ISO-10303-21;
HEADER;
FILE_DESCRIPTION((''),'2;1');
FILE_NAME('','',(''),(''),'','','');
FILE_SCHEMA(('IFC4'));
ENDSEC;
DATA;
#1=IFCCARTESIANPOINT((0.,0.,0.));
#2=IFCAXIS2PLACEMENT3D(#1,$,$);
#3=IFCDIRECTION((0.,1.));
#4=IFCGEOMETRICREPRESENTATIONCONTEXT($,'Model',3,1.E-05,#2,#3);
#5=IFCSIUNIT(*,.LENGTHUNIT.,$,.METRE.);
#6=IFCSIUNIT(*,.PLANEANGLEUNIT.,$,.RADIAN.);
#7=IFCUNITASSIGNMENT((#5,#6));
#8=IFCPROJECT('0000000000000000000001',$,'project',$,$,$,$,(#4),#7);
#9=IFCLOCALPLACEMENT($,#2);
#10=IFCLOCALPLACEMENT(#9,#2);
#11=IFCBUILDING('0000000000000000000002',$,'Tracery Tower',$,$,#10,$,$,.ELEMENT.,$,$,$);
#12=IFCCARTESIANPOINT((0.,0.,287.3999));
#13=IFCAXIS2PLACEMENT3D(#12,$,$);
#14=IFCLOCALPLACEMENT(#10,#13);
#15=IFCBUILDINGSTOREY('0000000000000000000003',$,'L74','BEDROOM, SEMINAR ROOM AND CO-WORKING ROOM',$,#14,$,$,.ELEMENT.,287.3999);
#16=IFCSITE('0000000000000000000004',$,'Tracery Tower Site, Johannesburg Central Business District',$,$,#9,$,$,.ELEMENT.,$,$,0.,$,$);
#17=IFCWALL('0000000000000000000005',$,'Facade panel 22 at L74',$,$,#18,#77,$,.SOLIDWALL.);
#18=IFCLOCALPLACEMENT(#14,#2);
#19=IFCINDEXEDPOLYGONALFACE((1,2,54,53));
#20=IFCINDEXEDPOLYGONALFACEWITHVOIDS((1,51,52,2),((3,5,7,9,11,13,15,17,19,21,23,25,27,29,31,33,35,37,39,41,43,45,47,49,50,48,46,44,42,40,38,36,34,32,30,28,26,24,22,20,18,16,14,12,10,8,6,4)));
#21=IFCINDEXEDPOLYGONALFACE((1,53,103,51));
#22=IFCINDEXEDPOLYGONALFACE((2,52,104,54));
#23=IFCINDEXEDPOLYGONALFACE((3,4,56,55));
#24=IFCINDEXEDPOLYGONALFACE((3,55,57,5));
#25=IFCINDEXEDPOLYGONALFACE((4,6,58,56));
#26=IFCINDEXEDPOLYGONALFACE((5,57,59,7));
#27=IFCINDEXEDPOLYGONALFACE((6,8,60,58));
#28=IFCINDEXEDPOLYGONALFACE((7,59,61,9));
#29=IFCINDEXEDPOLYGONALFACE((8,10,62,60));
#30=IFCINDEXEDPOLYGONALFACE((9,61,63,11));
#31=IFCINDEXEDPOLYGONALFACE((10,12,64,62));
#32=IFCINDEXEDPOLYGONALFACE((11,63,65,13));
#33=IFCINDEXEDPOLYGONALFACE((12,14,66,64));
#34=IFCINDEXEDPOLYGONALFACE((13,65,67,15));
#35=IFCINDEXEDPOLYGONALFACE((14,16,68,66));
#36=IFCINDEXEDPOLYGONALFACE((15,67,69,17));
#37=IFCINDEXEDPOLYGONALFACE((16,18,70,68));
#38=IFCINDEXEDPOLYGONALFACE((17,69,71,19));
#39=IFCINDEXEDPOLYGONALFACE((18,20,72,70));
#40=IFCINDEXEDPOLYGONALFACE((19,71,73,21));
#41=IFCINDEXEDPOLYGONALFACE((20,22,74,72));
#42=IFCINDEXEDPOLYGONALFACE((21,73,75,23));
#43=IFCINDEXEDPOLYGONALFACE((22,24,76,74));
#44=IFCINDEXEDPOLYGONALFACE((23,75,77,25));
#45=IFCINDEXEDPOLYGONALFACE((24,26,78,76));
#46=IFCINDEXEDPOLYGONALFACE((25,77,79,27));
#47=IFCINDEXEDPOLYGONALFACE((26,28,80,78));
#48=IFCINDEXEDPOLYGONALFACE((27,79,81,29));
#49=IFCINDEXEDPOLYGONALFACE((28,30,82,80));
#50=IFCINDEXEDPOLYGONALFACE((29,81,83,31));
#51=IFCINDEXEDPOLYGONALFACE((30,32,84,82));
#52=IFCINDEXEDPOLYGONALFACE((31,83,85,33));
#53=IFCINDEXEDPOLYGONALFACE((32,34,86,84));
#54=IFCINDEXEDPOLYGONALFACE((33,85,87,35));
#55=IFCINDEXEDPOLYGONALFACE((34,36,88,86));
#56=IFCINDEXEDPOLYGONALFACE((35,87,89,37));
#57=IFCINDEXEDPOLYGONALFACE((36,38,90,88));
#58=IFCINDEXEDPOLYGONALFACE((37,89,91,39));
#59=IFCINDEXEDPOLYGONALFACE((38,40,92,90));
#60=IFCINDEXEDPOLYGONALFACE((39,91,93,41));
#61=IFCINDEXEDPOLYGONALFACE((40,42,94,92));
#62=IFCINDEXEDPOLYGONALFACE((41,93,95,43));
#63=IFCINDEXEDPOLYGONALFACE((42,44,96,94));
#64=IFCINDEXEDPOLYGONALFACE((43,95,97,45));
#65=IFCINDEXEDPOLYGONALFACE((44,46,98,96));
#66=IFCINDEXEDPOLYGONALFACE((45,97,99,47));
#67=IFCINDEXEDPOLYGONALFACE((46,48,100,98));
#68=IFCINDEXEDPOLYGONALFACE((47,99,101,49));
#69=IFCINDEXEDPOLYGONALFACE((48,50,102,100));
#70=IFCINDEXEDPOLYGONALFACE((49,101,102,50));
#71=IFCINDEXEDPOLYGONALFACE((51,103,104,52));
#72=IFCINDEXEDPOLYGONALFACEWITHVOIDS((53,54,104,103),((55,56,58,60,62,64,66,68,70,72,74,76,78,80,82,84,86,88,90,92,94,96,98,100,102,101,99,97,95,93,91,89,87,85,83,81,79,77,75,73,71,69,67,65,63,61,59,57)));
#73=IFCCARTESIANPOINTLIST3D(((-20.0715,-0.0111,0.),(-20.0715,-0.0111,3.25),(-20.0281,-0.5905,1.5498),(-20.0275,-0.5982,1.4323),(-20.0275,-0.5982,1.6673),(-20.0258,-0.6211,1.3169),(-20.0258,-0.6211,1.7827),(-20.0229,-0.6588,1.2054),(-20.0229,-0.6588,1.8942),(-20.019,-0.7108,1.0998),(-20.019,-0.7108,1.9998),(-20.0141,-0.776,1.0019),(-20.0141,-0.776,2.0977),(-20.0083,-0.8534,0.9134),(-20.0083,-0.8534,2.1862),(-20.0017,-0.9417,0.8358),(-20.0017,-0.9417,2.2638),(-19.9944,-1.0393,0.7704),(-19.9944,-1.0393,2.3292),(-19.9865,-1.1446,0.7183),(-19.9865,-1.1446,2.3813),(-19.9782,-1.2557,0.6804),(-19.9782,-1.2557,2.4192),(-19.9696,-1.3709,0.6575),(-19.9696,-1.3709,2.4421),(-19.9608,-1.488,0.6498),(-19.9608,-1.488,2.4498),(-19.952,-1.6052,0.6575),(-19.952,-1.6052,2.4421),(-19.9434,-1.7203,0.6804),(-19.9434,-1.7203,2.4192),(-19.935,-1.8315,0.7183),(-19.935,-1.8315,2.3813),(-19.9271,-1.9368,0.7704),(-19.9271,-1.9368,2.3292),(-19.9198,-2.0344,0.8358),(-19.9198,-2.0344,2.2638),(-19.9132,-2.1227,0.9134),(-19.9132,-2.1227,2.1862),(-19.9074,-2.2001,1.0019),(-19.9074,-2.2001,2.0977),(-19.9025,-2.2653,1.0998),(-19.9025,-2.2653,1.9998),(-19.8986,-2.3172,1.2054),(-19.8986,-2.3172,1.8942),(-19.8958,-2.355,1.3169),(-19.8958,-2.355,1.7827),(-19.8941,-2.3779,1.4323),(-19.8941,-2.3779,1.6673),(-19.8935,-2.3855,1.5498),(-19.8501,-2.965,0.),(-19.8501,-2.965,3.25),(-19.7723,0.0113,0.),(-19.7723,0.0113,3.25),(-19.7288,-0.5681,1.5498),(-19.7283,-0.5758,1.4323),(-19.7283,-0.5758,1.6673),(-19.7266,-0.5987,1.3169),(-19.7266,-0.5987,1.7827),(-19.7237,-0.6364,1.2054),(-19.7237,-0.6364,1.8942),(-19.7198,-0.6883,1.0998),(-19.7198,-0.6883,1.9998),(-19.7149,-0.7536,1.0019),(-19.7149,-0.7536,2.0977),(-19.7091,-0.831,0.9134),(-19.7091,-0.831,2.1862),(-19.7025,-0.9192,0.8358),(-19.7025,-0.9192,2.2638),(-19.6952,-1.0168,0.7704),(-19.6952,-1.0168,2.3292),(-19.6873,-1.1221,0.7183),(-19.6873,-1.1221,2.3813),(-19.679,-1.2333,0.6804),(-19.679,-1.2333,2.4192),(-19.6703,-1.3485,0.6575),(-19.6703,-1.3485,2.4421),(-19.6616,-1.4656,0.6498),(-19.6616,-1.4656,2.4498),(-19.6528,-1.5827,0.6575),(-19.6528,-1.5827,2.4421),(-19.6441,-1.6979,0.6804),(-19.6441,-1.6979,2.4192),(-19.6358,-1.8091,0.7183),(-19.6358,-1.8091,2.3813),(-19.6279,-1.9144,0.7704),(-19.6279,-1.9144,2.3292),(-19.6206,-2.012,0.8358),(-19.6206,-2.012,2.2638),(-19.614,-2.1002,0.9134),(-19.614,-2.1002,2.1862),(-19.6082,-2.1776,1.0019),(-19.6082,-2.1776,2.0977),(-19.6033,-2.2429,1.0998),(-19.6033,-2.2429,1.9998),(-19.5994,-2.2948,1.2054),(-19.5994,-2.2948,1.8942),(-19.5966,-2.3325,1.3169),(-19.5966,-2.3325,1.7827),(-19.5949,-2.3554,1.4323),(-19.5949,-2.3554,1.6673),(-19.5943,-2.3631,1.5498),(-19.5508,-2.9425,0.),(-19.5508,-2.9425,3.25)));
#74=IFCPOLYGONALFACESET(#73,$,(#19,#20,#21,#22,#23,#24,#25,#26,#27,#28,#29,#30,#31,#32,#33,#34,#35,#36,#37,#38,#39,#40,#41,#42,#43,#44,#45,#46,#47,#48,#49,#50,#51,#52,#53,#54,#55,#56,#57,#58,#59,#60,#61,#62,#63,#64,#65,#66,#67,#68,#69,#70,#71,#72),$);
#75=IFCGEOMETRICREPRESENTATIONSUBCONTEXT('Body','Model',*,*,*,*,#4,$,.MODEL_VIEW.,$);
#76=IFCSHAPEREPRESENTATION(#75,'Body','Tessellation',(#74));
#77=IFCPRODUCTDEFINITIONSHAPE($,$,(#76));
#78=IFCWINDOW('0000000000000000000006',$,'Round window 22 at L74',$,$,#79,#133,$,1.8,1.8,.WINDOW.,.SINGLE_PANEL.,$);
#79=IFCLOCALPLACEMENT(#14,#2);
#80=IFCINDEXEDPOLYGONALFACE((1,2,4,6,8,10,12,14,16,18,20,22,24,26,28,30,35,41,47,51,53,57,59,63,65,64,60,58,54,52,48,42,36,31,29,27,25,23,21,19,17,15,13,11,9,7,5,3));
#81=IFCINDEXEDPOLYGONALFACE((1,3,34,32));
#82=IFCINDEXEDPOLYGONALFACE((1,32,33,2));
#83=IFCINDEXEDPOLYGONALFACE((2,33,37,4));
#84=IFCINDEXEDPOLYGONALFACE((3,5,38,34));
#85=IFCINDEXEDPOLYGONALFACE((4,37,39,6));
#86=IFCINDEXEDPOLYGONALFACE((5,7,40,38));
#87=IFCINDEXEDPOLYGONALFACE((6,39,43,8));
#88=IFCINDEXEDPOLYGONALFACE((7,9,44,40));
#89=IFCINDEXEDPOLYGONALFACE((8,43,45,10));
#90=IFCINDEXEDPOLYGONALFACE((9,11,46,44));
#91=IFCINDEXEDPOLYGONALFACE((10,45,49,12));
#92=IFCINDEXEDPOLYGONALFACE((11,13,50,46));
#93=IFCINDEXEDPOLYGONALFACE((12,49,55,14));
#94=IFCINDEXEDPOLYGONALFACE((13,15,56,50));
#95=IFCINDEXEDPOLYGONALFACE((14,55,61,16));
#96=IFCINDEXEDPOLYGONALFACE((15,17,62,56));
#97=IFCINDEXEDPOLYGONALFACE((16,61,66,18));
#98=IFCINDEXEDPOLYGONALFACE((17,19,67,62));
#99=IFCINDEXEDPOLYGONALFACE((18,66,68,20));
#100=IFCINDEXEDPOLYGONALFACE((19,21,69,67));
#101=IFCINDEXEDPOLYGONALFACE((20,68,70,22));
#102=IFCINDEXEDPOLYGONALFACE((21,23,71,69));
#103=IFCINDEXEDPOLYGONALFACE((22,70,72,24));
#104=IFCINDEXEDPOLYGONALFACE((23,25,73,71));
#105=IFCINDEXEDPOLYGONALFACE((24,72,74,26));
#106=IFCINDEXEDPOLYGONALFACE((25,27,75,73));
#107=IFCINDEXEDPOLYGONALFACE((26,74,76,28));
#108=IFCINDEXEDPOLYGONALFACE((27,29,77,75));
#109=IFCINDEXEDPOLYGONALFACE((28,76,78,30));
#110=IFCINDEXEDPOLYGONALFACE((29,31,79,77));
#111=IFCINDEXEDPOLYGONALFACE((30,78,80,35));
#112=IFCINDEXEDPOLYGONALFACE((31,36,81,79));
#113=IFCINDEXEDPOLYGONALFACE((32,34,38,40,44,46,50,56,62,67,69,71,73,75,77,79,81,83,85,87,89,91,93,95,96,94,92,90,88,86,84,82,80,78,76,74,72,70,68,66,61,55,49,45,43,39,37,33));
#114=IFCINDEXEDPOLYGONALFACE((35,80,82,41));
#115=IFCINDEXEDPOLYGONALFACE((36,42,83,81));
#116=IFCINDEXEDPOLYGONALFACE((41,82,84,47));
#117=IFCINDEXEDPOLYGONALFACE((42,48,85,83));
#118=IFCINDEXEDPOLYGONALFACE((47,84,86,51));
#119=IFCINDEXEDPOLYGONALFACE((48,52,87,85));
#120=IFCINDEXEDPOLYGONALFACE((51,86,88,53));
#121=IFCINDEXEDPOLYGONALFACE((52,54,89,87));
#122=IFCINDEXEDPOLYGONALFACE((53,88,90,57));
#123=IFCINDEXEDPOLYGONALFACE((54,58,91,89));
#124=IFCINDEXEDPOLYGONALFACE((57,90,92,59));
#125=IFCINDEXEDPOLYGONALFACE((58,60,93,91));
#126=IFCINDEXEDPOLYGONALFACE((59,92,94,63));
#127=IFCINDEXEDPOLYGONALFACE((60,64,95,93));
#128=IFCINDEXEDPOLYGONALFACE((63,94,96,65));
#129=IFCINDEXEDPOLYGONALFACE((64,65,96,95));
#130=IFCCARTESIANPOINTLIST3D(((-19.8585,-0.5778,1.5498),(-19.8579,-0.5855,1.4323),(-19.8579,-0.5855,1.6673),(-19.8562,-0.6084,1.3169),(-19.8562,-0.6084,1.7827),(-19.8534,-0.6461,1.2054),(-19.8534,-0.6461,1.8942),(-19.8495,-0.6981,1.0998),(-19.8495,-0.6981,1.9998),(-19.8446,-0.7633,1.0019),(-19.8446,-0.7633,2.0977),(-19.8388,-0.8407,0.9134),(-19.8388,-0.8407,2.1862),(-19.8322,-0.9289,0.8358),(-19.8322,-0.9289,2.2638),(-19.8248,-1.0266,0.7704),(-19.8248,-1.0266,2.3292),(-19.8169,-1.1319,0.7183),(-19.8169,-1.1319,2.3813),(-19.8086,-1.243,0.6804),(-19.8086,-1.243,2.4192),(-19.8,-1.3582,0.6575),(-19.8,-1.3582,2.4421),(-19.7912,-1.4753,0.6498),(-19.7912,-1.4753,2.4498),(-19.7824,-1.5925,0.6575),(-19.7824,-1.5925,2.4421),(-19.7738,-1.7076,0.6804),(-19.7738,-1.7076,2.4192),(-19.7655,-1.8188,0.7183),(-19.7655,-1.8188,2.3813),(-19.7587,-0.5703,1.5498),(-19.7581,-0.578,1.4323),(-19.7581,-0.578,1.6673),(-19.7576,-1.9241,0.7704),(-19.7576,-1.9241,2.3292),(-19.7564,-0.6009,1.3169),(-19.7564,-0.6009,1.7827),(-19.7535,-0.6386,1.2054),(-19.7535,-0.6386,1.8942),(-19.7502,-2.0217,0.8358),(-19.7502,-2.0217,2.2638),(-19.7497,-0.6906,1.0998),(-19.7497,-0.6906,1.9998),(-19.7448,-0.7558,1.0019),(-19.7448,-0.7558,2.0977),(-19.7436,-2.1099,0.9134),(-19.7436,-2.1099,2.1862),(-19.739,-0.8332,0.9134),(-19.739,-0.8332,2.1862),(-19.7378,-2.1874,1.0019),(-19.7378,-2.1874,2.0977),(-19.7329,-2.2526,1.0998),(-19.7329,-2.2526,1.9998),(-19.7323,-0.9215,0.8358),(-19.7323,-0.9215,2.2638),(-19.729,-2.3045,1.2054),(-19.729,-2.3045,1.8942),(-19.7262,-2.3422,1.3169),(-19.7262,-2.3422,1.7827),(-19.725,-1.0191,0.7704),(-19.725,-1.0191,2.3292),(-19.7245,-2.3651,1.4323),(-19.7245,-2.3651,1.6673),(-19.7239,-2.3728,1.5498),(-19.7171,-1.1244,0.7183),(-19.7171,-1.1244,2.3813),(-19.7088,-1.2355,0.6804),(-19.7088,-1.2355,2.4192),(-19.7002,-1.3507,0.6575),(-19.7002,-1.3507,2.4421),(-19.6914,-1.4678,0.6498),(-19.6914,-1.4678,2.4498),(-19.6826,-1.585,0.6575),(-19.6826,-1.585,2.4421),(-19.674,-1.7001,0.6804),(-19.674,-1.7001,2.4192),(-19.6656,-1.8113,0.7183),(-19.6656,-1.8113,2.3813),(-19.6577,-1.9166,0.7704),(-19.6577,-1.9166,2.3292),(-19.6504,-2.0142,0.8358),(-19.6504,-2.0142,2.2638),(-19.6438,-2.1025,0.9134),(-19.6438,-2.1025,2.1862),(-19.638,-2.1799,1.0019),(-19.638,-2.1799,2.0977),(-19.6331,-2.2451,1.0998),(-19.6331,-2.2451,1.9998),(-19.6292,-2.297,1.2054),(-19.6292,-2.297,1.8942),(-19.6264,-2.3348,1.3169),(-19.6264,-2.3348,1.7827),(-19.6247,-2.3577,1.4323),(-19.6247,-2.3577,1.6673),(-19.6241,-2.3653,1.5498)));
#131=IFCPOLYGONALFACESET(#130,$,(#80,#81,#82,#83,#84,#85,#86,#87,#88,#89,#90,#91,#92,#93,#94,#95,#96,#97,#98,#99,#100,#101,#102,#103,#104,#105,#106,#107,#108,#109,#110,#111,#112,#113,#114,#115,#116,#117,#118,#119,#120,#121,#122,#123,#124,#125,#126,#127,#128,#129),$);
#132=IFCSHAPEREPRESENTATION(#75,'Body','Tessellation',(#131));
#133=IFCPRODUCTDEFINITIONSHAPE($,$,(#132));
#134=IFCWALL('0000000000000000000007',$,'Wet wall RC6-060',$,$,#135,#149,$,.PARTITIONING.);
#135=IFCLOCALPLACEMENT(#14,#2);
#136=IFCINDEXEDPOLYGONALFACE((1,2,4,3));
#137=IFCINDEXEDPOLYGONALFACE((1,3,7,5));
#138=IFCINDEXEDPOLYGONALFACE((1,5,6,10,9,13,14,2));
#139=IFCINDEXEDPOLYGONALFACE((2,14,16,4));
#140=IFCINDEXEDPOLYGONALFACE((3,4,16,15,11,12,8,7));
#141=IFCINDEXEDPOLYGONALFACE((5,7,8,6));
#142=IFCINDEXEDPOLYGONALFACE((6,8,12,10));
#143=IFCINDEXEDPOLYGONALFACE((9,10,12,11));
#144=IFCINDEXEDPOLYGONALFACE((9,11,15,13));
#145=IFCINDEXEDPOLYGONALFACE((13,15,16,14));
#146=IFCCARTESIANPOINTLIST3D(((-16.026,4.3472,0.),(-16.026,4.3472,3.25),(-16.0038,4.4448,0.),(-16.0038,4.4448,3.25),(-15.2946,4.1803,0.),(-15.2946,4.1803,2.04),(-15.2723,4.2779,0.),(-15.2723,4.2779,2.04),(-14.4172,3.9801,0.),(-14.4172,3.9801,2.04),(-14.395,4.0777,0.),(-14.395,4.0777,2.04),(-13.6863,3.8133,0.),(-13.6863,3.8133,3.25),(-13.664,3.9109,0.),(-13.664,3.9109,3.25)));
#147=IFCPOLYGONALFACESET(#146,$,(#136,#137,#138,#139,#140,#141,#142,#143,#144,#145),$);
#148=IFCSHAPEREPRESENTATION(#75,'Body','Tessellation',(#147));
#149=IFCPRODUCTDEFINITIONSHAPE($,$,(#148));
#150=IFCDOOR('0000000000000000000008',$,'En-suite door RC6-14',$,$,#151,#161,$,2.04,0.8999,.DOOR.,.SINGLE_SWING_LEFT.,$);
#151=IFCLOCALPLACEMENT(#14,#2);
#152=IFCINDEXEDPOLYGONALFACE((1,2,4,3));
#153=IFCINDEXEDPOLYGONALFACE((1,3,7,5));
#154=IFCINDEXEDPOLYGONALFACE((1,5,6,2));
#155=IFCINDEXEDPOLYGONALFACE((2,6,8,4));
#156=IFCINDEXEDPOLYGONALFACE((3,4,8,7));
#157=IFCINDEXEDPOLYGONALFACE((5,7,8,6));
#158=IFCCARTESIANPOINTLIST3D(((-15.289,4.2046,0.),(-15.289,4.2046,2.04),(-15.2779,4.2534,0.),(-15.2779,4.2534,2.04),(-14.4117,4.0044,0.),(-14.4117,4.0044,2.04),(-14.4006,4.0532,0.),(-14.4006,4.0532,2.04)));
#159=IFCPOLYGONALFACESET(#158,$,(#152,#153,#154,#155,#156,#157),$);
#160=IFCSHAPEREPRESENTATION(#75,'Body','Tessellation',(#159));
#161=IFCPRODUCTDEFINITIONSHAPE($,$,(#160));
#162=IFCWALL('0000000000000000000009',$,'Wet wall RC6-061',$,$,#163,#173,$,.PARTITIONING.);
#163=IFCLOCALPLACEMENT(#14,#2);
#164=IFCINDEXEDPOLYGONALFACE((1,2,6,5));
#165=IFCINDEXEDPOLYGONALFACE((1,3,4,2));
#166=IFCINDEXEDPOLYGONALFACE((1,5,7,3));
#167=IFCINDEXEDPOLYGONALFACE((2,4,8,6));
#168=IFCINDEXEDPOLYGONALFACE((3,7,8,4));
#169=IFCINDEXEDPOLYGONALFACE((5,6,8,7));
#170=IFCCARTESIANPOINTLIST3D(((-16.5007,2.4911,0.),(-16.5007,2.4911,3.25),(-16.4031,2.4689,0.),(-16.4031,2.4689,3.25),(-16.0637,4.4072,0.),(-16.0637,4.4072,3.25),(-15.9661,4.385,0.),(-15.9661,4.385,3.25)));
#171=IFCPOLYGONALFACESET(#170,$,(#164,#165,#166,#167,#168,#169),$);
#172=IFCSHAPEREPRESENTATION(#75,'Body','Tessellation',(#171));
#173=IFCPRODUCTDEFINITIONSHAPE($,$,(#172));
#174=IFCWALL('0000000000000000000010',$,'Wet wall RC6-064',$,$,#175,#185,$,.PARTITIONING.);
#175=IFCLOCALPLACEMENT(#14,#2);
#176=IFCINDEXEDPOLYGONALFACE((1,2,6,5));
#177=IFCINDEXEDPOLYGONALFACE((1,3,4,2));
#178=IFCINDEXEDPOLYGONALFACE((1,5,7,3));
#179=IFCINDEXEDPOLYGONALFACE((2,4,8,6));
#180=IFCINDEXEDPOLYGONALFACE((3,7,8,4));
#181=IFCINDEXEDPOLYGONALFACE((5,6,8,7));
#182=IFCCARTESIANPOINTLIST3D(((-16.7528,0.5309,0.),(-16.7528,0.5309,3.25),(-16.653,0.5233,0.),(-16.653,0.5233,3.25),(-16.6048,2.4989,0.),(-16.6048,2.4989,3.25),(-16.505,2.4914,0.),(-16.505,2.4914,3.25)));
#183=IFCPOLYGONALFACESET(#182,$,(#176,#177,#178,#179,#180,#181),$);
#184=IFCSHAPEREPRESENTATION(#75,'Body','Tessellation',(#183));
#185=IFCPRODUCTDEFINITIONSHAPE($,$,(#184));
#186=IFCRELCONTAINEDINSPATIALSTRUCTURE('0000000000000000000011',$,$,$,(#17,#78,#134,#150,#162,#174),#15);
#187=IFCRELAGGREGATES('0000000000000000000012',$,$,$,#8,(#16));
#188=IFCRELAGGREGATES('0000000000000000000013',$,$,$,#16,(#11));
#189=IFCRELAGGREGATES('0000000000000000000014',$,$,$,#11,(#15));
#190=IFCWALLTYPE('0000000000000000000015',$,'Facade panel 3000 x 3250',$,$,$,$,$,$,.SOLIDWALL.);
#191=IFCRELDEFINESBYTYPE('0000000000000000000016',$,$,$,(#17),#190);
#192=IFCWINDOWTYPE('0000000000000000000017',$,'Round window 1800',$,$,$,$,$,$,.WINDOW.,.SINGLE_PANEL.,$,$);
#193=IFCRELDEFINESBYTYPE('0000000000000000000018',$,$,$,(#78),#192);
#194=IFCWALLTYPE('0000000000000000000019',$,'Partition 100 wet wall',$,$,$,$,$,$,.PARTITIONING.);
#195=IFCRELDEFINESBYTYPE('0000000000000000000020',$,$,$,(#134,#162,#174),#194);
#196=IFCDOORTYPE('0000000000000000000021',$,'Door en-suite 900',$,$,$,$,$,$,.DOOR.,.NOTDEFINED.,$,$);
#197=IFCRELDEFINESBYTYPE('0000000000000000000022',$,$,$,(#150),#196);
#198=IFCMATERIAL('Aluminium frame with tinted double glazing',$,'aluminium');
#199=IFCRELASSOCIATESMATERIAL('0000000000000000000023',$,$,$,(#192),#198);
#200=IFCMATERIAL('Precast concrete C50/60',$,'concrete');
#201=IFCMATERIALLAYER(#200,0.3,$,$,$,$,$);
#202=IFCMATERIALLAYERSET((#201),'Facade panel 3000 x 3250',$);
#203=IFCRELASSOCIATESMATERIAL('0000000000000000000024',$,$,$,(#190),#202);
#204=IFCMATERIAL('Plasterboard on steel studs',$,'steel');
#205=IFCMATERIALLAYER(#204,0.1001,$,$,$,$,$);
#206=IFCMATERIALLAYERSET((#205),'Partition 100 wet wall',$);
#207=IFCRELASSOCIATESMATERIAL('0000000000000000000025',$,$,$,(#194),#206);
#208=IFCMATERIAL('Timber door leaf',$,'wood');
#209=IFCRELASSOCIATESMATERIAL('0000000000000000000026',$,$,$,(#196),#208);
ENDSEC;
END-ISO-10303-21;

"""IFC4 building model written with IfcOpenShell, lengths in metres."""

from ifc_helpers import new_model, si_unit, direction, frame, frame_2d, origin, origin_2d, place, context, subcontext, project, spatial, rectangle, circle, extrude, material, layer, layer_set, type_object, element, fill, save


model = new_model("IFC4")

# Units and contexts
model_context = context("Model", 3, precision=1e-05, world=origin(), true_north=direction((0.0, 1.0)))
body_context = subcontext(model_context, "Body", "Model", "MODEL_VIEW")
ifc_project = project(units=[si_unit("LENGTHUNIT", "METRE"), si_unit("PLANEANGLEUNIT", "RADIAN")], contexts=[model_context])

# Site, building, storey
site_placement = place(None, origin())
site = spatial("IfcSite", under=ifc_project, at=site_placement, Name="Tracery Tower Site, Johannesburg Central Business District", CompositionType="ELEMENT", RefElevation=0.0)
building_placement = place(site_placement, origin())
building = spatial("IfcBuilding", under=site, at=building_placement, Name="Tracery Tower", CompositionType="ELEMENT")
storey_placement = place(building_placement, frame((0.0, 0.0, 287.3999)))
storey = spatial("IfcBuildingStorey", under=building, at=storey_placement, Name="L74", Description="BEDROOM, SEMINAR ROOM AND CO-WORKING ROOM", CompositionType="ELEMENT", Elevation=287.3999)

# Wall, opening, window
ifc_material_1 = material(Name="Aluminium frame with tinted double glazing", Category="aluminium")
window_type = type_object("IfcWindowType", Name="Round window 1800", PartitioningType="SINGLE_PANEL", PredefinedType="WINDOW", material=ifc_material_1)
ifc_material_2 = material(Name="Precast concrete C50/60", Category="concrete")
ifc_layer_1 = layer(ifc_material_2, 0.3)
ifc_layer_set_1 = layer_set([ifc_layer_1], Name="Facade panel 3000 x 3250")
wall_type_1 = type_object("IfcWallType", Name="Facade panel 3000 x 3250", PredefinedType="SOLIDWALL", material=ifc_layer_set_1)
wall_1_placement = place(storey_placement, frame((-19.9219, 0.0, 0.0), z_axis=(0.0, 0.0, 1.0), x_axis=(0.074755, -0.997202, 0.0)))
wall_1 = element("IfcWall", 1, at=wall_1_placement, inside=storey, type_object=wall_type_1, Name="Facade panel 22 at L74", PredefinedType="SOLIDWALL", context=body_context, shape_type="SweptSolid", body=[
    extrude(rectangle(XDim=2.9622, YDim=0.3, at=frame_2d((1.481, 0.0))), origin(), (0.0, 0.0, 1.0), 3.25),
])
opening_1_placement = place(wall_1_placement, frame((1.481, 0.0, 1.5498)))
opening_1 = element("IfcOpeningElement", 2, at=opening_1_placement, cuts=wall_1, PredefinedType="OPENING", context=body_context, shape_type="SweptSolid", body=[
    extrude(circle(Radius=0.9, at=origin_2d()), frame((0.0, 0.1599, 0.0), z_axis=(0.0, -1.0, 0.0), x_axis=(1.0, 0.0, 0.0)), (0.0, 0.0, 1.0), 0.3201),
])
window_1_placement = place(opening_1_placement, origin())
window_1 = element("IfcWindow", 3, at=window_1_placement, inside=storey, type_object=window_type, Name="Round window 22 at L74", OverallHeight=1.8, OverallWidth=1.8, PartitioningType="SINGLE_PANEL", PredefinedType="WINDOW", context=body_context, shape_type="SweptSolid", body=[
    extrude(circle(Radius=0.9, at=origin_2d()), frame((0.0, 0.1201, 0.0), z_axis=(0.0, -1.0, 0.0), x_axis=(1.0, 0.0, 0.0)), (0.0, 0.0, 1.0), 0.1001),
])
fill(opening_1, window_1)

# Wall, opening, door
ifc_material_3 = material(Name="Plasterboard on steel studs", Category="steel")
ifc_layer_2 = layer(ifc_material_3, 0.1001)
ifc_layer_set_2 = layer_set([ifc_layer_2], Name="Partition 100 wet wall")
wall_type_2 = type_object("IfcWallType", Name="Partition 100 wet wall", PredefinedType="PARTITIONING", material=ifc_layer_set_2)
wall_2_placement = place(storey_placement, frame((-16.0149, 4.396, 0.0), z_axis=(0.0, 0.0, 1.0), x_axis=(0.974939, -0.222474, 0.0)))
wall_2 = element("IfcWall", 4, at=wall_2_placement, inside=storey, type_object=wall_type_2, Name="Wet wall RC6-060", PredefinedType="PARTITIONING", context=body_context, shape_type="SweptSolid", body=[
    extrude(rectangle(XDim=2.3999, YDim=0.1001, at=frame_2d((1.2, 0.0))), origin(), (0.0, 0.0, 1.0), 3.25),
])
opening_2_placement = place(wall_2_placement, frame((0.7502, 0.0, 0.0)))
opening_2 = element("IfcOpeningElement", 5, at=opening_2_placement, cuts=wall_2, PredefinedType="OPENING", context=body_context, shape_type="SweptSolid", body=[
    extrude(rectangle(XDim=0.8999, YDim=2.04, at=frame_2d((0.45, 1.02))), frame((0.0, 0.05, 0.0), z_axis=(0.0, -1.0, 0.0), x_axis=(1.0, 0.0, 0.0)), (0.0, 0.0, 1.0), 0.1001),
])
ifc_material_4 = material(Name="Timber door leaf", Category="wood")
door_type_1 = type_object("IfcDoorType", Name="Door en-suite 900", OperationType="NOTDEFINED", PredefinedType="DOOR", material=ifc_material_4)
door_1_placement = place(opening_2_placement, origin())
door_1 = element("IfcDoor", 6, at=door_1_placement, inside=storey, type_object=door_type_1, Name="En-suite door RC6-14", OperationType="SINGLE_SWING_LEFT", OverallHeight=2.04, OverallWidth=0.8999, PredefinedType="DOOR", context=body_context, shape_type="SweptSolid", body=[
    extrude(rectangle(XDim=0.8999, YDim=2.04, at=frame_2d((0.45, 1.02))), frame((0.0, 0.0249, 0.0), z_axis=(0.0, -1.0, 0.0), x_axis=(1.0, 0.0, 0.0)), (0.0, 0.0, 1.0), 0.05),
])
fill(opening_2, door_1)

# Walls
wall_3_placement = place(storey_placement, frame((-16.4519, 2.48, 0.0), z_axis=(0.0, 0.0, 1.0), x_axis=(0.222373, 0.974962, 0.0)))
element("IfcWall", 7, at=wall_3_placement, inside=storey, type_object=wall_type_2, Name="Wet wall RC6-061", PredefinedType="PARTITIONING", context=body_context, shape_type="SweptSolid", body=[
    extrude(rectangle(XDim=1.9653, YDim=0.1001, at=frame_2d((0.9827, 0.0))), origin(), (0.0, 0.0, 1.0), 3.25),
])
wall_4_placement = place(storey_placement, frame((-16.7029, 0.5271, 0.0), z_axis=(0.0, 0.0, 1.0), x_axis=(0.074965, 0.997186, 0.0)))
element("IfcWall", 8, at=wall_4_placement, inside=storey, type_object=wall_type_2, Name="Wet wall RC6-064", PredefinedType="PARTITIONING", context=body_context, shape_type="SweptSolid", body=[
    extrude(rectangle(XDim=1.9736, YDim=0.1001, at=frame_2d((0.9868, 0.0))), origin(), (0.0, 0.0, 1.0), 3.25),
])

save(model, "model.ifc")
